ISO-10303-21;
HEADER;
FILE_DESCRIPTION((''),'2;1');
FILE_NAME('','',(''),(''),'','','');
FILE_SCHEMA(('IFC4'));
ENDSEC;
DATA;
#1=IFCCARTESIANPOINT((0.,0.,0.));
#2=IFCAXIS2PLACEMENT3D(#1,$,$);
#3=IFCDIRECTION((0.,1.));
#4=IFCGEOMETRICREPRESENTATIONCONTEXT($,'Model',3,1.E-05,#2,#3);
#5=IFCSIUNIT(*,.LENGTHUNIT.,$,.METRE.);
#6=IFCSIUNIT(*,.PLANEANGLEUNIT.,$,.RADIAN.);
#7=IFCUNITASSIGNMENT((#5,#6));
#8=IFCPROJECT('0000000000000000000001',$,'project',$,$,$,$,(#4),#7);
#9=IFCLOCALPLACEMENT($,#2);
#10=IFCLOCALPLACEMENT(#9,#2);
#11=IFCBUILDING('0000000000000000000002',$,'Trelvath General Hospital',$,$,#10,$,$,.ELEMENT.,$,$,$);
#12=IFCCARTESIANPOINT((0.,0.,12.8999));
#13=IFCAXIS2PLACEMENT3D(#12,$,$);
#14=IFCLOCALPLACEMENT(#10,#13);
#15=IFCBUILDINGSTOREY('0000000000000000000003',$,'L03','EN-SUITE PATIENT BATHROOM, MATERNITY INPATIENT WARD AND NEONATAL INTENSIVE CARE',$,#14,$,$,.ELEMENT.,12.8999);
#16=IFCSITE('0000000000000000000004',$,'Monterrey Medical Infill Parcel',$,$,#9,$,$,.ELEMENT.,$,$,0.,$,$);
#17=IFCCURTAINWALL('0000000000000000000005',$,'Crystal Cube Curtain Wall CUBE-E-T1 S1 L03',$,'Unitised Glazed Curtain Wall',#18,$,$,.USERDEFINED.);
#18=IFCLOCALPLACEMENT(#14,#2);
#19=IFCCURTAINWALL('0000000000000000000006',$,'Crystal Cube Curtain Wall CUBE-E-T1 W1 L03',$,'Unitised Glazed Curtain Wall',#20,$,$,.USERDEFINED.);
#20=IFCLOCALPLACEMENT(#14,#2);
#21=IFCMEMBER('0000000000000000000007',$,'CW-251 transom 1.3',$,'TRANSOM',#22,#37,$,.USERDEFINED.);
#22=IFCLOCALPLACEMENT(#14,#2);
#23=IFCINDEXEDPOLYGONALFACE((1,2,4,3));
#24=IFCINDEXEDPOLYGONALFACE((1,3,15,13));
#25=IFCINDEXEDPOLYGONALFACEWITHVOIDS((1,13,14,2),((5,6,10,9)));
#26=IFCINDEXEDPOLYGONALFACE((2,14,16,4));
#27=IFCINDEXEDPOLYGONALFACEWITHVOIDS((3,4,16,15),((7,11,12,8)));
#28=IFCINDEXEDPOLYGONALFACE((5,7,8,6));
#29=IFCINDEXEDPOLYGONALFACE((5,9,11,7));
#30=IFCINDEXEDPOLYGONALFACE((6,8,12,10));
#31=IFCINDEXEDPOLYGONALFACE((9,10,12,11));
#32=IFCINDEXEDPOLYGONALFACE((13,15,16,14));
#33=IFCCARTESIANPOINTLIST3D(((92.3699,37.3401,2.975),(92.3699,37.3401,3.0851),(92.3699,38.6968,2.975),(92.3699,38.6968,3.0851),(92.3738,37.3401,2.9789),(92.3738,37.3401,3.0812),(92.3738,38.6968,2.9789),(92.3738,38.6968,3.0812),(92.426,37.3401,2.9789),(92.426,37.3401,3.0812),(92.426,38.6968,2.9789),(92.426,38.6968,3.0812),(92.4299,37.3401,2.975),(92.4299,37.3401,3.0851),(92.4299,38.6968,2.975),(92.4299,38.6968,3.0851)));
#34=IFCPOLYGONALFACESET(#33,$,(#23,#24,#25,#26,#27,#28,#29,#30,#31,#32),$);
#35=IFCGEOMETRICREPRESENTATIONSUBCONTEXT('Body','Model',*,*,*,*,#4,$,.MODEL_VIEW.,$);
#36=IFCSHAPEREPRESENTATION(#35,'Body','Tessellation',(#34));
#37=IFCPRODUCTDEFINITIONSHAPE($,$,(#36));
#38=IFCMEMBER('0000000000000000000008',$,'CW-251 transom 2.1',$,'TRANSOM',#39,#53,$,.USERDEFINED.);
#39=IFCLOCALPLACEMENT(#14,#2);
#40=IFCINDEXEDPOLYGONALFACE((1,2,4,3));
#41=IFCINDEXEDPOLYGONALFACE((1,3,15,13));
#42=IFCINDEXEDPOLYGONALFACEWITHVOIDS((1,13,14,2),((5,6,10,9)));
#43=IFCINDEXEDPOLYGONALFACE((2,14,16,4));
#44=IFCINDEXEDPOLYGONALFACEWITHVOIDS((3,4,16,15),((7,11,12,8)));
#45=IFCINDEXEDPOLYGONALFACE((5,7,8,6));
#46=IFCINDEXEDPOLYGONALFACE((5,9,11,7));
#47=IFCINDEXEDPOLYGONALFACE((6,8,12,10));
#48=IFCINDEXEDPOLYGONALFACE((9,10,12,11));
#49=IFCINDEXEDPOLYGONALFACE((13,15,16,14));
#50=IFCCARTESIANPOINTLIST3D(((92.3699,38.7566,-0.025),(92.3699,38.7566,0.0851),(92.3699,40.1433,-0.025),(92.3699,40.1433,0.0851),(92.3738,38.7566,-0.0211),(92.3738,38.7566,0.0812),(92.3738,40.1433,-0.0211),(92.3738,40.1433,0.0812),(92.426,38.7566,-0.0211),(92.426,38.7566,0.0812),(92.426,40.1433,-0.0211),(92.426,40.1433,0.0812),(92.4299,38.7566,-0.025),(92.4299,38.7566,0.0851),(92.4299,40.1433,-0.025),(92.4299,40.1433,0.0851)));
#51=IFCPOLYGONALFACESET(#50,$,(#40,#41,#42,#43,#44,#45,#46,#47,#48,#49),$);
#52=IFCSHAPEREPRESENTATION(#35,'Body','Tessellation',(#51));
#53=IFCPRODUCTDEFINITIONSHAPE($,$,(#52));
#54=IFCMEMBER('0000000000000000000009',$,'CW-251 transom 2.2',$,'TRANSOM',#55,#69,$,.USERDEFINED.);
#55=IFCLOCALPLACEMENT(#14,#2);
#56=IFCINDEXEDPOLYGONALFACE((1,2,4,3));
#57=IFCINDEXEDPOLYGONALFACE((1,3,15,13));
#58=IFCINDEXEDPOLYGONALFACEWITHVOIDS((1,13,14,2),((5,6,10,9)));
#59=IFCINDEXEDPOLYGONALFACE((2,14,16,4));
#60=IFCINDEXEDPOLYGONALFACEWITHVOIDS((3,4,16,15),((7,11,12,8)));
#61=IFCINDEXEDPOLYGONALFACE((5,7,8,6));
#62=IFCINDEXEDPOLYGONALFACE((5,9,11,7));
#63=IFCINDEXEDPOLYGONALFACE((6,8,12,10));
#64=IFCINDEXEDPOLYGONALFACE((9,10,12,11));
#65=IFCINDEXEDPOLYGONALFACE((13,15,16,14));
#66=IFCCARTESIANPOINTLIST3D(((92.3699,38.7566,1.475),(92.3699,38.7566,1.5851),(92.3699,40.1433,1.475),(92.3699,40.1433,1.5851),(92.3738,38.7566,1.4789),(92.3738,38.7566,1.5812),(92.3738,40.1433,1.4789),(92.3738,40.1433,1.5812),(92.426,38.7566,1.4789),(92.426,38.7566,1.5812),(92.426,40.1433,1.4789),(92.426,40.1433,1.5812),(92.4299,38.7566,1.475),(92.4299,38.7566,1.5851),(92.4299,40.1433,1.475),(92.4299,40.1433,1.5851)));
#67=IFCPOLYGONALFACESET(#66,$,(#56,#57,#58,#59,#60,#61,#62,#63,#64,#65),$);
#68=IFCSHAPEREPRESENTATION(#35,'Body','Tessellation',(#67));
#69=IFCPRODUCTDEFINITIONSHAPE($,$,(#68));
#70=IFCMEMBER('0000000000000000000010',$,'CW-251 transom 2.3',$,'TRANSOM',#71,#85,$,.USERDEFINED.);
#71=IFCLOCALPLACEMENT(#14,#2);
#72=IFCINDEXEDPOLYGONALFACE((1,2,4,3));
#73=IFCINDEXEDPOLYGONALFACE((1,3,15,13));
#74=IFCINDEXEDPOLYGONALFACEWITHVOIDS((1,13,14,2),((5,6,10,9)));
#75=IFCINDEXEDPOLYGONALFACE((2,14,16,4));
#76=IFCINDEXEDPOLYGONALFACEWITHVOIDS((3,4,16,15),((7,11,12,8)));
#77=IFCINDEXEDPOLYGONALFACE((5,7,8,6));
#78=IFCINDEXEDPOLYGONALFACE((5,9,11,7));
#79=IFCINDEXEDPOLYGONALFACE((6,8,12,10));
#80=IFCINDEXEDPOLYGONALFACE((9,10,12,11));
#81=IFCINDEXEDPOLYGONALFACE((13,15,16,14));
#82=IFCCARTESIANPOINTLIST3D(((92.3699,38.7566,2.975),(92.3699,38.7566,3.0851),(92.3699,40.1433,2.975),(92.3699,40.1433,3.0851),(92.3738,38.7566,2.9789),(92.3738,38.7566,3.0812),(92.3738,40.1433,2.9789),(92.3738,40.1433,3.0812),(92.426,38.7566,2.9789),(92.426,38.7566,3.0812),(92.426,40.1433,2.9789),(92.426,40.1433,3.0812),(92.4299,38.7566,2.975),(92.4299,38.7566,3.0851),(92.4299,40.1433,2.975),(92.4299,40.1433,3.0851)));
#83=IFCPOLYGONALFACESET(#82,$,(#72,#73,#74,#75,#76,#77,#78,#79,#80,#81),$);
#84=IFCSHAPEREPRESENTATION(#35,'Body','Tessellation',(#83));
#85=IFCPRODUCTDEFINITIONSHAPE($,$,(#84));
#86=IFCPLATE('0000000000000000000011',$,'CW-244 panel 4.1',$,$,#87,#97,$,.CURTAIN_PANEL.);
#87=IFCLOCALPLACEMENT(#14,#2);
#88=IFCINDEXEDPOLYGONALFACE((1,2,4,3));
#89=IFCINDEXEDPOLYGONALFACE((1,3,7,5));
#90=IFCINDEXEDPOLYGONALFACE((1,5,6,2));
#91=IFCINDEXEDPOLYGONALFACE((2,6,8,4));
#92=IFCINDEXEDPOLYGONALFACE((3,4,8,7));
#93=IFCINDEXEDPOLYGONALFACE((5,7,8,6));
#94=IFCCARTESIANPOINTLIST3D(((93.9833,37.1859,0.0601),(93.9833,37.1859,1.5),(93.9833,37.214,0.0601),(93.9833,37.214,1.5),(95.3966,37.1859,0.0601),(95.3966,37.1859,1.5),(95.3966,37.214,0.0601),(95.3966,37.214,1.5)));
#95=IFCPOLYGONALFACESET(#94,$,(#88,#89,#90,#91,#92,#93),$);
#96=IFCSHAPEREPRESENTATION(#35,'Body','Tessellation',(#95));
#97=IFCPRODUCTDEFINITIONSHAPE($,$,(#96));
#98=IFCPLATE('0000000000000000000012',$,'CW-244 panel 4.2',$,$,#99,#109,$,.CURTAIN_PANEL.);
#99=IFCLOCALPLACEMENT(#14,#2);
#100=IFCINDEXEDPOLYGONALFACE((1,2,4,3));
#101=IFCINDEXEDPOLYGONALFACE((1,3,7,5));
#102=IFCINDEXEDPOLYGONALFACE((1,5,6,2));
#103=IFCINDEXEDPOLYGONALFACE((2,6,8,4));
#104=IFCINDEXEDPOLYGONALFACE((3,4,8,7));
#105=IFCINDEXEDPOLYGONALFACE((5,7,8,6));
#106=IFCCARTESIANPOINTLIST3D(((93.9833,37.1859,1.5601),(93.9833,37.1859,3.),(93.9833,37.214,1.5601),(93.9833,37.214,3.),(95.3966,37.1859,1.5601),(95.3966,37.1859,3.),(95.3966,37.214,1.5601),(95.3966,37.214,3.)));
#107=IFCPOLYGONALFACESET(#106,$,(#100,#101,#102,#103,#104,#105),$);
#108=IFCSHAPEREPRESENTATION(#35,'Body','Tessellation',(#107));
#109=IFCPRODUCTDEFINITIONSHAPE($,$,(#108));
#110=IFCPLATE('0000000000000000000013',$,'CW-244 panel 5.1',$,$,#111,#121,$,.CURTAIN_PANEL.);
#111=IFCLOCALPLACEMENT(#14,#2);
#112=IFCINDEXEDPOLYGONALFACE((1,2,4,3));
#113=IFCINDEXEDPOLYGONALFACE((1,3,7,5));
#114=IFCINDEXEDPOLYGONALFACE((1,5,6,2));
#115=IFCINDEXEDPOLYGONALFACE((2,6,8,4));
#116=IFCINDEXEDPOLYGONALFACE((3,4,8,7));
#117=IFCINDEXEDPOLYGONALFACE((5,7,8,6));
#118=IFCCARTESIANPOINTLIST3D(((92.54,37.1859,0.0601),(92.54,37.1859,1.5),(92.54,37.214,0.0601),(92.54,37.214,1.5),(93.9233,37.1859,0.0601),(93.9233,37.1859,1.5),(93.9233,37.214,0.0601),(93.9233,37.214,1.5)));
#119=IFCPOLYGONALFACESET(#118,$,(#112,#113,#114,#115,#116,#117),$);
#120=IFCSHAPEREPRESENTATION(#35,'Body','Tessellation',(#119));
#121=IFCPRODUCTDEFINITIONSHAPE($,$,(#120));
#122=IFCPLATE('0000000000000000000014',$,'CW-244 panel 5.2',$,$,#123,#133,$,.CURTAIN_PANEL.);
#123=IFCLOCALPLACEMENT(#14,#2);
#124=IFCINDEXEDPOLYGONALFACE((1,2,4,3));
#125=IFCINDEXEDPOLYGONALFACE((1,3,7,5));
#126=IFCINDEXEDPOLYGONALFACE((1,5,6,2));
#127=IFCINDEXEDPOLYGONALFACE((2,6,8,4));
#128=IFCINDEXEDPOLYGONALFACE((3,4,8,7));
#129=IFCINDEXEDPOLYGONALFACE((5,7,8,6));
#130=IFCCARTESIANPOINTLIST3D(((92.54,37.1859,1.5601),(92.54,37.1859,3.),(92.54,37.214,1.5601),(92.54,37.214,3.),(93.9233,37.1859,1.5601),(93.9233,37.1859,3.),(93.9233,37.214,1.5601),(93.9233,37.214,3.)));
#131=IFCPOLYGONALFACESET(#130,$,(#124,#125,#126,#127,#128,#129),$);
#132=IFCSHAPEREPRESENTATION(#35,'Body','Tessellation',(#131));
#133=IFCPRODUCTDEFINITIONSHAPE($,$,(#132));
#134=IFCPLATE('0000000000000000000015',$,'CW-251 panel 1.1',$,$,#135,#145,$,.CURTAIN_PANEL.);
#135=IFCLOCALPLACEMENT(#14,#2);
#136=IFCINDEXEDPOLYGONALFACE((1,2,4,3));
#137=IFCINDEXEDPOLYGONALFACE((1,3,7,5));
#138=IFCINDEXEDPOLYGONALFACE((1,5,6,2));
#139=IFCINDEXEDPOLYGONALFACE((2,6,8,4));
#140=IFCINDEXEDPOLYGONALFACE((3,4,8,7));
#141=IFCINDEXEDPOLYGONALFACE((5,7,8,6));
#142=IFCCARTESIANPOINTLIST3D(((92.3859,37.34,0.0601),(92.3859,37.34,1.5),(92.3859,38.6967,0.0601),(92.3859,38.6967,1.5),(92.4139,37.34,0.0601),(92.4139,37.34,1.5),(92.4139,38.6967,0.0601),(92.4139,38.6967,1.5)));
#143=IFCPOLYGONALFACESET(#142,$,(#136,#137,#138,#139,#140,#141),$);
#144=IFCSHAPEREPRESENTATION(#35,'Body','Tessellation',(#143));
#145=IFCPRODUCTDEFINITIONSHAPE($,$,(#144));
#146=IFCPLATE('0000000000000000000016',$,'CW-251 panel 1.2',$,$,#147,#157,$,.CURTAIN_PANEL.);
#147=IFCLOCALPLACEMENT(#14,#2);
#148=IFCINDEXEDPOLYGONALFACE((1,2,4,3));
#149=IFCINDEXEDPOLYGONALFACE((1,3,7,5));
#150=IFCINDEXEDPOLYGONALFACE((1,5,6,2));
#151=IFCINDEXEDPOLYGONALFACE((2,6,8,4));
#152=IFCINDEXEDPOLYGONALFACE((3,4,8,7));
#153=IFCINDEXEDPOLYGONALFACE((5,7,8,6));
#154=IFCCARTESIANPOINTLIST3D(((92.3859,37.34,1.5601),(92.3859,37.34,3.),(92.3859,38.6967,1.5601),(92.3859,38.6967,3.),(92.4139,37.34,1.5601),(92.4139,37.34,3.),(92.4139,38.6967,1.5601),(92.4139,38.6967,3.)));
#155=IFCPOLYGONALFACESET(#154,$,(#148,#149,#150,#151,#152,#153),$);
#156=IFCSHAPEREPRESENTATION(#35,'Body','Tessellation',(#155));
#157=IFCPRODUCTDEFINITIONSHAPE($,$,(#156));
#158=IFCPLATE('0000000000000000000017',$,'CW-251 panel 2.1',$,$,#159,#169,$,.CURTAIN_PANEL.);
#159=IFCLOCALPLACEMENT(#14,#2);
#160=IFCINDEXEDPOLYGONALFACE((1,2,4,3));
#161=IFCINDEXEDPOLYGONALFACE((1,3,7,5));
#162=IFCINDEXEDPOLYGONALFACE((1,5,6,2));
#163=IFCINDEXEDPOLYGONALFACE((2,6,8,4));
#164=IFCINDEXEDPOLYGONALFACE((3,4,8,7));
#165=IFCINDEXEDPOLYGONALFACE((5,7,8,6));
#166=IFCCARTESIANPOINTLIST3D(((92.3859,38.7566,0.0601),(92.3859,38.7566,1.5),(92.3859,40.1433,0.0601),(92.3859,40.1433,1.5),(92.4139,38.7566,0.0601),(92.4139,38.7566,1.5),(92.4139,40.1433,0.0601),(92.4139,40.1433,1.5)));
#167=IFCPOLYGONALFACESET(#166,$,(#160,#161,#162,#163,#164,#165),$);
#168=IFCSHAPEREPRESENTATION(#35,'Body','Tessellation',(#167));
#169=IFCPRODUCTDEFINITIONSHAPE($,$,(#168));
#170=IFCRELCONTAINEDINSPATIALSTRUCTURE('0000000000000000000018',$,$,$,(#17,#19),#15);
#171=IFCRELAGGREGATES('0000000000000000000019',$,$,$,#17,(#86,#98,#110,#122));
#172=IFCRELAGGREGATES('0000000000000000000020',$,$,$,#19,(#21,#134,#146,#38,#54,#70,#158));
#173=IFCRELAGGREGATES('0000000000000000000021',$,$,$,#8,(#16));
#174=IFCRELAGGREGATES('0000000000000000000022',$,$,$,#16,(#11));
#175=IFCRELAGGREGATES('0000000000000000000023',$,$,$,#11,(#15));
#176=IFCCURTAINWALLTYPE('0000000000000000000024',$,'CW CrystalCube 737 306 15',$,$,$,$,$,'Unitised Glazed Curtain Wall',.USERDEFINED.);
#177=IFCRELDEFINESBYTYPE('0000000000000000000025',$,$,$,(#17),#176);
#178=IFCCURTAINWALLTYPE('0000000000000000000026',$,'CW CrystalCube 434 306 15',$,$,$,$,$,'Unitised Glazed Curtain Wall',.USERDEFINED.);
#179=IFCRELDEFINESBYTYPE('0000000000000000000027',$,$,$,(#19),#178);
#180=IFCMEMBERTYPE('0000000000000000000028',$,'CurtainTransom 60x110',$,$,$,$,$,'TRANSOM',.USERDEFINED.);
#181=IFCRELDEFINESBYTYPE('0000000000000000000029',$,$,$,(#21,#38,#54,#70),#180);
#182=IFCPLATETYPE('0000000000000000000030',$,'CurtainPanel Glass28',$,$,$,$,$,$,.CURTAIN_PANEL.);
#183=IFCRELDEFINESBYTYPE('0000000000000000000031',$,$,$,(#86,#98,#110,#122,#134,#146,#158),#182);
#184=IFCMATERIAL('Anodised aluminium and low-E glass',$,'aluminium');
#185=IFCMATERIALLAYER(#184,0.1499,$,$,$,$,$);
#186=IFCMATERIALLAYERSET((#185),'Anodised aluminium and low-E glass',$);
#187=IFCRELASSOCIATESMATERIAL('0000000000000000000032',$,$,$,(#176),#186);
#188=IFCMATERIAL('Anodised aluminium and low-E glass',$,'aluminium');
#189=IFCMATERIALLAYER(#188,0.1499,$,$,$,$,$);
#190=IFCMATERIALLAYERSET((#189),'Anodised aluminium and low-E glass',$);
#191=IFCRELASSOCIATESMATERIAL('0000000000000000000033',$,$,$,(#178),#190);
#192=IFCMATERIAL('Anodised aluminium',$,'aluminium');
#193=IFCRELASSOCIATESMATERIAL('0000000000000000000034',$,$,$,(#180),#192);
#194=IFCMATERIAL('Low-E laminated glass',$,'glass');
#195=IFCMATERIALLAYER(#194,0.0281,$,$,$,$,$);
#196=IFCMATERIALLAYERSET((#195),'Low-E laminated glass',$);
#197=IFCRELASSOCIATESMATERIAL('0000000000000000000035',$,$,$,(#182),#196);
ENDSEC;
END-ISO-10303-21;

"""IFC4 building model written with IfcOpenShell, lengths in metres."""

from ifc_helpers import new_model, si_unit, direction, frame, origin, origin_2d, place, context, subcontext, project, spatial, rectangle, hollow_rectangle, extrude, material, layer, layer_set, material_profile, profile_set, type_object, element, aggregate, save


model = new_model("IFC4")

# Units and contexts
model_context = context("Model", 3, precision=1e-05, world=origin(), true_north=direction((0.0, 1.0)))
body_context = subcontext(model_context, "Body", "Model", "MODEL_VIEW")
ifc_project = project(units=[si_unit("LENGTHUNIT", "METRE"), si_unit("PLANEANGLEUNIT", "RADIAN")], contexts=[model_context])

# Site, building, storey
site_placement = place(None, origin())
site = spatial("IfcSite", under=ifc_project, at=site_placement, Name="Monterrey Medical Infill Parcel", CompositionType="ELEMENT", RefElevation=0.0)
building_placement = place(site_placement, origin())
building = spatial("IfcBuilding", under=site, at=building_placement, Name="Trelvath General Hospital", CompositionType="ELEMENT")
storey_placement = place(building_placement, frame((0.0, 0.0, 12.8999)))
storey = spatial("IfcBuildingStorey", under=building, at=storey_placement, Name="L03", Description="EN-SUITE PATIENT BATHROOM, MATERNITY INPATIENT WARD AND NEONATAL INTENSIVE CARE", CompositionType="ELEMENT", Elevation=12.8999)

# Curtain walls
ifc_material_1 = material(Name="Anodised aluminium and low-E glass", Category="aluminium")
ifc_layer_1 = layer(ifc_material_1, 0.1499)
ifc_layer_set_1 = layer_set([ifc_layer_1], Name="Anodised aluminium and low-E glass")
curtain_wall_type_1 = type_object("IfcCurtainWallType", Name="CW CrystalCube 737 306 15", ElementType="Unitised Glazed Curtain Wall", PredefinedType="USERDEFINED", material=ifc_layer_set_1)
curtain_wall_1_placement = place(storey_placement, origin())
curtain_wall_1 = element("IfcCurtainWall", 1, at=curtain_wall_1_placement, inside=storey, type_object=curtain_wall_type_1, Name="Crystal Cube Curtain Wall CUBE-E-T1 S1 L03", ObjectType="Unitised Glazed Curtain Wall", PredefinedType="USERDEFINED")
ifc_material_2 = material(Name="Anodised aluminium and low-E glass", Category="aluminium")
ifc_layer_2 = layer(ifc_material_2, 0.1499)
ifc_layer_set_2 = layer_set([ifc_layer_2], Name="Anodised aluminium and low-E glass")
curtain_wall_type_2 = type_object("IfcCurtainWallType", Name="CW CrystalCube 434 306 15", ElementType="Unitised Glazed Curtain Wall", PredefinedType="USERDEFINED", material=ifc_layer_set_2)
curtain_wall_2_placement = place(storey_placement, origin())
curtain_wall_2 = element("IfcCurtainWall", 2, at=curtain_wall_2_placement, inside=storey, type_object=curtain_wall_type_2, Name="Crystal Cube Curtain Wall CUBE-E-T1 W1 L03", ObjectType="Unitised Glazed Curtain Wall", PredefinedType="USERDEFINED")

# Members
ifc_material_3 = material(Name="Anodised aluminium", Category="aluminium")
ifc_material_profile_1 = material_profile(ifc_material_3, hollow_rectangle(XDim=0.0601, YDim=0.1101, WallThickness=0.0039, at=origin_2d()), Name="RHS60x110x4")
ifc_profile_set_1 = profile_set([ifc_material_profile_1], Name="Anodised aluminium")
member_type_1 = type_object("IfcMemberType", Name="CurtainTransom 60x110", ElementType="TRANSOM", PredefinedType="USERDEFINED", material=ifc_profile_set_1)
member_1_placement = place(storey_placement, frame((92.3999, 37.3401, 3.03), z_axis=(0.0, 1.0, 0.0), x_axis=(-1.0, 0.0, 0.0)))
member_1 = element("IfcMember", 3, at=member_1_placement, type_object=member_type_1, Name="CW-251 transom 1.3", ObjectType="TRANSOM", PredefinedType="USERDEFINED", context=body_context, shape_type="SweptSolid", body=[
    extrude(hollow_rectangle(XDim=0.0601, YDim=0.1101, WallThickness=0.0039, at=origin_2d()), origin(), (0.0, 0.0, 1.0), 1.3567),
])
member_2_placement = place(storey_placement, frame((92.3999, 38.7566, 0.03), z_axis=(0.0, 1.0, 0.0), x_axis=(-1.0, 0.0, 0.0)))
member_2 = element("IfcMember", 4, at=member_2_placement, type_object=member_type_1, Name="CW-251 transom 2.1", ObjectType="TRANSOM", PredefinedType="USERDEFINED", context=body_context, shape_type="SweptSolid", body=[
    extrude(hollow_rectangle(XDim=0.0601, YDim=0.1101, WallThickness=0.0039, at=origin_2d()), origin(), (0.0, 0.0, 1.0), 1.3867),
])
member_3_placement = place(storey_placement, frame((92.3999, 38.7566, 1.53), z_axis=(0.0, 1.0, 0.0), x_axis=(-1.0, 0.0, 0.0)))
member_3 = element("IfcMember", 5, at=member_3_placement, type_object=member_type_1, Name="CW-251 transom 2.2", ObjectType="TRANSOM", PredefinedType="USERDEFINED", context=body_context, shape_type="SweptSolid", body=[
    extrude(hollow_rectangle(XDim=0.0601, YDim=0.1101, WallThickness=0.0039, at=origin_2d()), origin(), (0.0, 0.0, 1.0), 1.3867),
])
member_4_placement = place(storey_placement, frame((92.3999, 38.7566, 3.03), z_axis=(0.0, 1.0, 0.0), x_axis=(-1.0, 0.0, 0.0)))
member_4 = element("IfcMember", 6, at=member_4_placement, type_object=member_type_1, Name="CW-251 transom 2.3", ObjectType="TRANSOM", PredefinedType="USERDEFINED", context=body_context, shape_type="SweptSolid", body=[
    extrude(hollow_rectangle(XDim=0.0601, YDim=0.1101, WallThickness=0.0039, at=origin_2d()), origin(), (0.0, 0.0, 1.0), 1.3867),
])

# Plates
ifc_material_4 = material(Name="Low-E laminated glass", Category="glass")
ifc_layer_3 = layer(ifc_material_4, 0.0281)
ifc_layer_set_3 = layer_set([ifc_layer_3], Name="Low-E laminated glass")
plate_type = type_object("IfcPlateType", Name="CurtainPanel Glass28", PredefinedType="CURTAIN_PANEL", material=ifc_layer_set_3)
plate_1_placement = place(storey_placement, frame((94.6899, 37.2, 0.0601), z_axis=(0.0, 0.0, 1.0), x_axis=(-1.0, 0.0, 0.0)))
plate_1 = element("IfcPlate", 7, at=plate_1_placement, type_object=plate_type, Name="CW-244 panel 4.1", PredefinedType="CURTAIN_PANEL", context=body_context, shape_type="SweptSolid", body=[
    extrude(rectangle(XDim=1.4133, YDim=0.0281, at=origin_2d()), origin(), (0.0, 0.0, 1.0), 1.4399),
])
plate_2_placement = place(storey_placement, frame((94.6899, 37.2, 1.5601), z_axis=(0.0, 0.0, 1.0), x_axis=(-1.0, 0.0, 0.0)))
plate_2 = element("IfcPlate", 8, at=plate_2_placement, type_object=plate_type, Name="CW-244 panel 4.2", PredefinedType="CURTAIN_PANEL", context=body_context, shape_type="SweptSolid", body=[
    extrude(rectangle(XDim=1.4133, YDim=0.0281, at=origin_2d()), origin(), (0.0, 0.0, 1.0), 1.4399),
])
plate_3_placement = place(storey_placement, frame((93.2317, 37.2, 0.0601), z_axis=(0.0, 0.0, 1.0), x_axis=(-1.0, 0.0, 0.0)))
plate_3 = element("IfcPlate", 9, at=plate_3_placement, type_object=plate_type, Name="CW-244 panel 5.1", PredefinedType="CURTAIN_PANEL", context=body_context, shape_type="SweptSolid", body=[
    extrude(rectangle(XDim=1.3833, YDim=0.0281, at=origin_2d()), origin(), (0.0, 0.0, 1.0), 1.4399),
])
plate_4_placement = place(storey_placement, frame((93.2317, 37.2, 1.5601), z_axis=(0.0, 0.0, 1.0), x_axis=(-1.0, 0.0, 0.0)))
plate_4 = element("IfcPlate", 10, at=plate_4_placement, type_object=plate_type, Name="CW-244 panel 5.2", PredefinedType="CURTAIN_PANEL", context=body_context, shape_type="SweptSolid", body=[
    extrude(rectangle(XDim=1.3833, YDim=0.0281, at=origin_2d()), origin(), (0.0, 0.0, 1.0), 1.4399),
])
aggregate(curtain_wall_1, [plate_1, plate_2, plate_3, plate_4])
plate_5_placement = place(storey_placement, frame((92.3999, 38.0183, 0.0601), z_axis=(0.0, 0.0, 1.0), x_axis=(0.0, 1.0, 0.0)))
plate_5 = element("IfcPlate", 11, at=plate_5_placement, type_object=plate_type, Name="CW-251 panel 1.1", PredefinedType="CURTAIN_PANEL", context=body_context, shape_type="SweptSolid", body=[
    extrude(rectangle(XDim=1.3567, YDim=0.0281, at=origin_2d()), origin(), (0.0, 0.0, 1.0), 1.4399),
])
plate_6_placement = place(storey_placement, frame((92.3999, 38.0183, 1.5601), z_axis=(0.0, 0.0, 1.0), x_axis=(0.0, 1.0, 0.0)))
plate_6 = element("IfcPlate", 12, at=plate_6_placement, type_object=plate_type, Name="CW-251 panel 1.2", PredefinedType="CURTAIN_PANEL", context=body_context, shape_type="SweptSolid", body=[
    extrude(rectangle(XDim=1.3567, YDim=0.0281, at=origin_2d()), origin(), (0.0, 0.0, 1.0), 1.4399),
])
plate_7_placement = place(storey_placement, frame((92.3999, 39.45, 0.0601), z_axis=(0.0, 0.0, 1.0), x_axis=(0.0, 1.0, 0.0)))
plate_7 = element("IfcPlate", 13, at=plate_7_placement, type_object=plate_type, Name="CW-251 panel 2.1", PredefinedType="CURTAIN_PANEL", context=body_context, shape_type="SweptSolid", body=[
    extrude(rectangle(XDim=1.3867, YDim=0.0281, at=origin_2d()), origin(), (0.0, 0.0, 1.0), 1.4399),
])
aggregate(curtain_wall_2, [member_1, plate_5, plate_6, member_2, member_3, member_4, plate_7])

save(model, "model.ifc")
